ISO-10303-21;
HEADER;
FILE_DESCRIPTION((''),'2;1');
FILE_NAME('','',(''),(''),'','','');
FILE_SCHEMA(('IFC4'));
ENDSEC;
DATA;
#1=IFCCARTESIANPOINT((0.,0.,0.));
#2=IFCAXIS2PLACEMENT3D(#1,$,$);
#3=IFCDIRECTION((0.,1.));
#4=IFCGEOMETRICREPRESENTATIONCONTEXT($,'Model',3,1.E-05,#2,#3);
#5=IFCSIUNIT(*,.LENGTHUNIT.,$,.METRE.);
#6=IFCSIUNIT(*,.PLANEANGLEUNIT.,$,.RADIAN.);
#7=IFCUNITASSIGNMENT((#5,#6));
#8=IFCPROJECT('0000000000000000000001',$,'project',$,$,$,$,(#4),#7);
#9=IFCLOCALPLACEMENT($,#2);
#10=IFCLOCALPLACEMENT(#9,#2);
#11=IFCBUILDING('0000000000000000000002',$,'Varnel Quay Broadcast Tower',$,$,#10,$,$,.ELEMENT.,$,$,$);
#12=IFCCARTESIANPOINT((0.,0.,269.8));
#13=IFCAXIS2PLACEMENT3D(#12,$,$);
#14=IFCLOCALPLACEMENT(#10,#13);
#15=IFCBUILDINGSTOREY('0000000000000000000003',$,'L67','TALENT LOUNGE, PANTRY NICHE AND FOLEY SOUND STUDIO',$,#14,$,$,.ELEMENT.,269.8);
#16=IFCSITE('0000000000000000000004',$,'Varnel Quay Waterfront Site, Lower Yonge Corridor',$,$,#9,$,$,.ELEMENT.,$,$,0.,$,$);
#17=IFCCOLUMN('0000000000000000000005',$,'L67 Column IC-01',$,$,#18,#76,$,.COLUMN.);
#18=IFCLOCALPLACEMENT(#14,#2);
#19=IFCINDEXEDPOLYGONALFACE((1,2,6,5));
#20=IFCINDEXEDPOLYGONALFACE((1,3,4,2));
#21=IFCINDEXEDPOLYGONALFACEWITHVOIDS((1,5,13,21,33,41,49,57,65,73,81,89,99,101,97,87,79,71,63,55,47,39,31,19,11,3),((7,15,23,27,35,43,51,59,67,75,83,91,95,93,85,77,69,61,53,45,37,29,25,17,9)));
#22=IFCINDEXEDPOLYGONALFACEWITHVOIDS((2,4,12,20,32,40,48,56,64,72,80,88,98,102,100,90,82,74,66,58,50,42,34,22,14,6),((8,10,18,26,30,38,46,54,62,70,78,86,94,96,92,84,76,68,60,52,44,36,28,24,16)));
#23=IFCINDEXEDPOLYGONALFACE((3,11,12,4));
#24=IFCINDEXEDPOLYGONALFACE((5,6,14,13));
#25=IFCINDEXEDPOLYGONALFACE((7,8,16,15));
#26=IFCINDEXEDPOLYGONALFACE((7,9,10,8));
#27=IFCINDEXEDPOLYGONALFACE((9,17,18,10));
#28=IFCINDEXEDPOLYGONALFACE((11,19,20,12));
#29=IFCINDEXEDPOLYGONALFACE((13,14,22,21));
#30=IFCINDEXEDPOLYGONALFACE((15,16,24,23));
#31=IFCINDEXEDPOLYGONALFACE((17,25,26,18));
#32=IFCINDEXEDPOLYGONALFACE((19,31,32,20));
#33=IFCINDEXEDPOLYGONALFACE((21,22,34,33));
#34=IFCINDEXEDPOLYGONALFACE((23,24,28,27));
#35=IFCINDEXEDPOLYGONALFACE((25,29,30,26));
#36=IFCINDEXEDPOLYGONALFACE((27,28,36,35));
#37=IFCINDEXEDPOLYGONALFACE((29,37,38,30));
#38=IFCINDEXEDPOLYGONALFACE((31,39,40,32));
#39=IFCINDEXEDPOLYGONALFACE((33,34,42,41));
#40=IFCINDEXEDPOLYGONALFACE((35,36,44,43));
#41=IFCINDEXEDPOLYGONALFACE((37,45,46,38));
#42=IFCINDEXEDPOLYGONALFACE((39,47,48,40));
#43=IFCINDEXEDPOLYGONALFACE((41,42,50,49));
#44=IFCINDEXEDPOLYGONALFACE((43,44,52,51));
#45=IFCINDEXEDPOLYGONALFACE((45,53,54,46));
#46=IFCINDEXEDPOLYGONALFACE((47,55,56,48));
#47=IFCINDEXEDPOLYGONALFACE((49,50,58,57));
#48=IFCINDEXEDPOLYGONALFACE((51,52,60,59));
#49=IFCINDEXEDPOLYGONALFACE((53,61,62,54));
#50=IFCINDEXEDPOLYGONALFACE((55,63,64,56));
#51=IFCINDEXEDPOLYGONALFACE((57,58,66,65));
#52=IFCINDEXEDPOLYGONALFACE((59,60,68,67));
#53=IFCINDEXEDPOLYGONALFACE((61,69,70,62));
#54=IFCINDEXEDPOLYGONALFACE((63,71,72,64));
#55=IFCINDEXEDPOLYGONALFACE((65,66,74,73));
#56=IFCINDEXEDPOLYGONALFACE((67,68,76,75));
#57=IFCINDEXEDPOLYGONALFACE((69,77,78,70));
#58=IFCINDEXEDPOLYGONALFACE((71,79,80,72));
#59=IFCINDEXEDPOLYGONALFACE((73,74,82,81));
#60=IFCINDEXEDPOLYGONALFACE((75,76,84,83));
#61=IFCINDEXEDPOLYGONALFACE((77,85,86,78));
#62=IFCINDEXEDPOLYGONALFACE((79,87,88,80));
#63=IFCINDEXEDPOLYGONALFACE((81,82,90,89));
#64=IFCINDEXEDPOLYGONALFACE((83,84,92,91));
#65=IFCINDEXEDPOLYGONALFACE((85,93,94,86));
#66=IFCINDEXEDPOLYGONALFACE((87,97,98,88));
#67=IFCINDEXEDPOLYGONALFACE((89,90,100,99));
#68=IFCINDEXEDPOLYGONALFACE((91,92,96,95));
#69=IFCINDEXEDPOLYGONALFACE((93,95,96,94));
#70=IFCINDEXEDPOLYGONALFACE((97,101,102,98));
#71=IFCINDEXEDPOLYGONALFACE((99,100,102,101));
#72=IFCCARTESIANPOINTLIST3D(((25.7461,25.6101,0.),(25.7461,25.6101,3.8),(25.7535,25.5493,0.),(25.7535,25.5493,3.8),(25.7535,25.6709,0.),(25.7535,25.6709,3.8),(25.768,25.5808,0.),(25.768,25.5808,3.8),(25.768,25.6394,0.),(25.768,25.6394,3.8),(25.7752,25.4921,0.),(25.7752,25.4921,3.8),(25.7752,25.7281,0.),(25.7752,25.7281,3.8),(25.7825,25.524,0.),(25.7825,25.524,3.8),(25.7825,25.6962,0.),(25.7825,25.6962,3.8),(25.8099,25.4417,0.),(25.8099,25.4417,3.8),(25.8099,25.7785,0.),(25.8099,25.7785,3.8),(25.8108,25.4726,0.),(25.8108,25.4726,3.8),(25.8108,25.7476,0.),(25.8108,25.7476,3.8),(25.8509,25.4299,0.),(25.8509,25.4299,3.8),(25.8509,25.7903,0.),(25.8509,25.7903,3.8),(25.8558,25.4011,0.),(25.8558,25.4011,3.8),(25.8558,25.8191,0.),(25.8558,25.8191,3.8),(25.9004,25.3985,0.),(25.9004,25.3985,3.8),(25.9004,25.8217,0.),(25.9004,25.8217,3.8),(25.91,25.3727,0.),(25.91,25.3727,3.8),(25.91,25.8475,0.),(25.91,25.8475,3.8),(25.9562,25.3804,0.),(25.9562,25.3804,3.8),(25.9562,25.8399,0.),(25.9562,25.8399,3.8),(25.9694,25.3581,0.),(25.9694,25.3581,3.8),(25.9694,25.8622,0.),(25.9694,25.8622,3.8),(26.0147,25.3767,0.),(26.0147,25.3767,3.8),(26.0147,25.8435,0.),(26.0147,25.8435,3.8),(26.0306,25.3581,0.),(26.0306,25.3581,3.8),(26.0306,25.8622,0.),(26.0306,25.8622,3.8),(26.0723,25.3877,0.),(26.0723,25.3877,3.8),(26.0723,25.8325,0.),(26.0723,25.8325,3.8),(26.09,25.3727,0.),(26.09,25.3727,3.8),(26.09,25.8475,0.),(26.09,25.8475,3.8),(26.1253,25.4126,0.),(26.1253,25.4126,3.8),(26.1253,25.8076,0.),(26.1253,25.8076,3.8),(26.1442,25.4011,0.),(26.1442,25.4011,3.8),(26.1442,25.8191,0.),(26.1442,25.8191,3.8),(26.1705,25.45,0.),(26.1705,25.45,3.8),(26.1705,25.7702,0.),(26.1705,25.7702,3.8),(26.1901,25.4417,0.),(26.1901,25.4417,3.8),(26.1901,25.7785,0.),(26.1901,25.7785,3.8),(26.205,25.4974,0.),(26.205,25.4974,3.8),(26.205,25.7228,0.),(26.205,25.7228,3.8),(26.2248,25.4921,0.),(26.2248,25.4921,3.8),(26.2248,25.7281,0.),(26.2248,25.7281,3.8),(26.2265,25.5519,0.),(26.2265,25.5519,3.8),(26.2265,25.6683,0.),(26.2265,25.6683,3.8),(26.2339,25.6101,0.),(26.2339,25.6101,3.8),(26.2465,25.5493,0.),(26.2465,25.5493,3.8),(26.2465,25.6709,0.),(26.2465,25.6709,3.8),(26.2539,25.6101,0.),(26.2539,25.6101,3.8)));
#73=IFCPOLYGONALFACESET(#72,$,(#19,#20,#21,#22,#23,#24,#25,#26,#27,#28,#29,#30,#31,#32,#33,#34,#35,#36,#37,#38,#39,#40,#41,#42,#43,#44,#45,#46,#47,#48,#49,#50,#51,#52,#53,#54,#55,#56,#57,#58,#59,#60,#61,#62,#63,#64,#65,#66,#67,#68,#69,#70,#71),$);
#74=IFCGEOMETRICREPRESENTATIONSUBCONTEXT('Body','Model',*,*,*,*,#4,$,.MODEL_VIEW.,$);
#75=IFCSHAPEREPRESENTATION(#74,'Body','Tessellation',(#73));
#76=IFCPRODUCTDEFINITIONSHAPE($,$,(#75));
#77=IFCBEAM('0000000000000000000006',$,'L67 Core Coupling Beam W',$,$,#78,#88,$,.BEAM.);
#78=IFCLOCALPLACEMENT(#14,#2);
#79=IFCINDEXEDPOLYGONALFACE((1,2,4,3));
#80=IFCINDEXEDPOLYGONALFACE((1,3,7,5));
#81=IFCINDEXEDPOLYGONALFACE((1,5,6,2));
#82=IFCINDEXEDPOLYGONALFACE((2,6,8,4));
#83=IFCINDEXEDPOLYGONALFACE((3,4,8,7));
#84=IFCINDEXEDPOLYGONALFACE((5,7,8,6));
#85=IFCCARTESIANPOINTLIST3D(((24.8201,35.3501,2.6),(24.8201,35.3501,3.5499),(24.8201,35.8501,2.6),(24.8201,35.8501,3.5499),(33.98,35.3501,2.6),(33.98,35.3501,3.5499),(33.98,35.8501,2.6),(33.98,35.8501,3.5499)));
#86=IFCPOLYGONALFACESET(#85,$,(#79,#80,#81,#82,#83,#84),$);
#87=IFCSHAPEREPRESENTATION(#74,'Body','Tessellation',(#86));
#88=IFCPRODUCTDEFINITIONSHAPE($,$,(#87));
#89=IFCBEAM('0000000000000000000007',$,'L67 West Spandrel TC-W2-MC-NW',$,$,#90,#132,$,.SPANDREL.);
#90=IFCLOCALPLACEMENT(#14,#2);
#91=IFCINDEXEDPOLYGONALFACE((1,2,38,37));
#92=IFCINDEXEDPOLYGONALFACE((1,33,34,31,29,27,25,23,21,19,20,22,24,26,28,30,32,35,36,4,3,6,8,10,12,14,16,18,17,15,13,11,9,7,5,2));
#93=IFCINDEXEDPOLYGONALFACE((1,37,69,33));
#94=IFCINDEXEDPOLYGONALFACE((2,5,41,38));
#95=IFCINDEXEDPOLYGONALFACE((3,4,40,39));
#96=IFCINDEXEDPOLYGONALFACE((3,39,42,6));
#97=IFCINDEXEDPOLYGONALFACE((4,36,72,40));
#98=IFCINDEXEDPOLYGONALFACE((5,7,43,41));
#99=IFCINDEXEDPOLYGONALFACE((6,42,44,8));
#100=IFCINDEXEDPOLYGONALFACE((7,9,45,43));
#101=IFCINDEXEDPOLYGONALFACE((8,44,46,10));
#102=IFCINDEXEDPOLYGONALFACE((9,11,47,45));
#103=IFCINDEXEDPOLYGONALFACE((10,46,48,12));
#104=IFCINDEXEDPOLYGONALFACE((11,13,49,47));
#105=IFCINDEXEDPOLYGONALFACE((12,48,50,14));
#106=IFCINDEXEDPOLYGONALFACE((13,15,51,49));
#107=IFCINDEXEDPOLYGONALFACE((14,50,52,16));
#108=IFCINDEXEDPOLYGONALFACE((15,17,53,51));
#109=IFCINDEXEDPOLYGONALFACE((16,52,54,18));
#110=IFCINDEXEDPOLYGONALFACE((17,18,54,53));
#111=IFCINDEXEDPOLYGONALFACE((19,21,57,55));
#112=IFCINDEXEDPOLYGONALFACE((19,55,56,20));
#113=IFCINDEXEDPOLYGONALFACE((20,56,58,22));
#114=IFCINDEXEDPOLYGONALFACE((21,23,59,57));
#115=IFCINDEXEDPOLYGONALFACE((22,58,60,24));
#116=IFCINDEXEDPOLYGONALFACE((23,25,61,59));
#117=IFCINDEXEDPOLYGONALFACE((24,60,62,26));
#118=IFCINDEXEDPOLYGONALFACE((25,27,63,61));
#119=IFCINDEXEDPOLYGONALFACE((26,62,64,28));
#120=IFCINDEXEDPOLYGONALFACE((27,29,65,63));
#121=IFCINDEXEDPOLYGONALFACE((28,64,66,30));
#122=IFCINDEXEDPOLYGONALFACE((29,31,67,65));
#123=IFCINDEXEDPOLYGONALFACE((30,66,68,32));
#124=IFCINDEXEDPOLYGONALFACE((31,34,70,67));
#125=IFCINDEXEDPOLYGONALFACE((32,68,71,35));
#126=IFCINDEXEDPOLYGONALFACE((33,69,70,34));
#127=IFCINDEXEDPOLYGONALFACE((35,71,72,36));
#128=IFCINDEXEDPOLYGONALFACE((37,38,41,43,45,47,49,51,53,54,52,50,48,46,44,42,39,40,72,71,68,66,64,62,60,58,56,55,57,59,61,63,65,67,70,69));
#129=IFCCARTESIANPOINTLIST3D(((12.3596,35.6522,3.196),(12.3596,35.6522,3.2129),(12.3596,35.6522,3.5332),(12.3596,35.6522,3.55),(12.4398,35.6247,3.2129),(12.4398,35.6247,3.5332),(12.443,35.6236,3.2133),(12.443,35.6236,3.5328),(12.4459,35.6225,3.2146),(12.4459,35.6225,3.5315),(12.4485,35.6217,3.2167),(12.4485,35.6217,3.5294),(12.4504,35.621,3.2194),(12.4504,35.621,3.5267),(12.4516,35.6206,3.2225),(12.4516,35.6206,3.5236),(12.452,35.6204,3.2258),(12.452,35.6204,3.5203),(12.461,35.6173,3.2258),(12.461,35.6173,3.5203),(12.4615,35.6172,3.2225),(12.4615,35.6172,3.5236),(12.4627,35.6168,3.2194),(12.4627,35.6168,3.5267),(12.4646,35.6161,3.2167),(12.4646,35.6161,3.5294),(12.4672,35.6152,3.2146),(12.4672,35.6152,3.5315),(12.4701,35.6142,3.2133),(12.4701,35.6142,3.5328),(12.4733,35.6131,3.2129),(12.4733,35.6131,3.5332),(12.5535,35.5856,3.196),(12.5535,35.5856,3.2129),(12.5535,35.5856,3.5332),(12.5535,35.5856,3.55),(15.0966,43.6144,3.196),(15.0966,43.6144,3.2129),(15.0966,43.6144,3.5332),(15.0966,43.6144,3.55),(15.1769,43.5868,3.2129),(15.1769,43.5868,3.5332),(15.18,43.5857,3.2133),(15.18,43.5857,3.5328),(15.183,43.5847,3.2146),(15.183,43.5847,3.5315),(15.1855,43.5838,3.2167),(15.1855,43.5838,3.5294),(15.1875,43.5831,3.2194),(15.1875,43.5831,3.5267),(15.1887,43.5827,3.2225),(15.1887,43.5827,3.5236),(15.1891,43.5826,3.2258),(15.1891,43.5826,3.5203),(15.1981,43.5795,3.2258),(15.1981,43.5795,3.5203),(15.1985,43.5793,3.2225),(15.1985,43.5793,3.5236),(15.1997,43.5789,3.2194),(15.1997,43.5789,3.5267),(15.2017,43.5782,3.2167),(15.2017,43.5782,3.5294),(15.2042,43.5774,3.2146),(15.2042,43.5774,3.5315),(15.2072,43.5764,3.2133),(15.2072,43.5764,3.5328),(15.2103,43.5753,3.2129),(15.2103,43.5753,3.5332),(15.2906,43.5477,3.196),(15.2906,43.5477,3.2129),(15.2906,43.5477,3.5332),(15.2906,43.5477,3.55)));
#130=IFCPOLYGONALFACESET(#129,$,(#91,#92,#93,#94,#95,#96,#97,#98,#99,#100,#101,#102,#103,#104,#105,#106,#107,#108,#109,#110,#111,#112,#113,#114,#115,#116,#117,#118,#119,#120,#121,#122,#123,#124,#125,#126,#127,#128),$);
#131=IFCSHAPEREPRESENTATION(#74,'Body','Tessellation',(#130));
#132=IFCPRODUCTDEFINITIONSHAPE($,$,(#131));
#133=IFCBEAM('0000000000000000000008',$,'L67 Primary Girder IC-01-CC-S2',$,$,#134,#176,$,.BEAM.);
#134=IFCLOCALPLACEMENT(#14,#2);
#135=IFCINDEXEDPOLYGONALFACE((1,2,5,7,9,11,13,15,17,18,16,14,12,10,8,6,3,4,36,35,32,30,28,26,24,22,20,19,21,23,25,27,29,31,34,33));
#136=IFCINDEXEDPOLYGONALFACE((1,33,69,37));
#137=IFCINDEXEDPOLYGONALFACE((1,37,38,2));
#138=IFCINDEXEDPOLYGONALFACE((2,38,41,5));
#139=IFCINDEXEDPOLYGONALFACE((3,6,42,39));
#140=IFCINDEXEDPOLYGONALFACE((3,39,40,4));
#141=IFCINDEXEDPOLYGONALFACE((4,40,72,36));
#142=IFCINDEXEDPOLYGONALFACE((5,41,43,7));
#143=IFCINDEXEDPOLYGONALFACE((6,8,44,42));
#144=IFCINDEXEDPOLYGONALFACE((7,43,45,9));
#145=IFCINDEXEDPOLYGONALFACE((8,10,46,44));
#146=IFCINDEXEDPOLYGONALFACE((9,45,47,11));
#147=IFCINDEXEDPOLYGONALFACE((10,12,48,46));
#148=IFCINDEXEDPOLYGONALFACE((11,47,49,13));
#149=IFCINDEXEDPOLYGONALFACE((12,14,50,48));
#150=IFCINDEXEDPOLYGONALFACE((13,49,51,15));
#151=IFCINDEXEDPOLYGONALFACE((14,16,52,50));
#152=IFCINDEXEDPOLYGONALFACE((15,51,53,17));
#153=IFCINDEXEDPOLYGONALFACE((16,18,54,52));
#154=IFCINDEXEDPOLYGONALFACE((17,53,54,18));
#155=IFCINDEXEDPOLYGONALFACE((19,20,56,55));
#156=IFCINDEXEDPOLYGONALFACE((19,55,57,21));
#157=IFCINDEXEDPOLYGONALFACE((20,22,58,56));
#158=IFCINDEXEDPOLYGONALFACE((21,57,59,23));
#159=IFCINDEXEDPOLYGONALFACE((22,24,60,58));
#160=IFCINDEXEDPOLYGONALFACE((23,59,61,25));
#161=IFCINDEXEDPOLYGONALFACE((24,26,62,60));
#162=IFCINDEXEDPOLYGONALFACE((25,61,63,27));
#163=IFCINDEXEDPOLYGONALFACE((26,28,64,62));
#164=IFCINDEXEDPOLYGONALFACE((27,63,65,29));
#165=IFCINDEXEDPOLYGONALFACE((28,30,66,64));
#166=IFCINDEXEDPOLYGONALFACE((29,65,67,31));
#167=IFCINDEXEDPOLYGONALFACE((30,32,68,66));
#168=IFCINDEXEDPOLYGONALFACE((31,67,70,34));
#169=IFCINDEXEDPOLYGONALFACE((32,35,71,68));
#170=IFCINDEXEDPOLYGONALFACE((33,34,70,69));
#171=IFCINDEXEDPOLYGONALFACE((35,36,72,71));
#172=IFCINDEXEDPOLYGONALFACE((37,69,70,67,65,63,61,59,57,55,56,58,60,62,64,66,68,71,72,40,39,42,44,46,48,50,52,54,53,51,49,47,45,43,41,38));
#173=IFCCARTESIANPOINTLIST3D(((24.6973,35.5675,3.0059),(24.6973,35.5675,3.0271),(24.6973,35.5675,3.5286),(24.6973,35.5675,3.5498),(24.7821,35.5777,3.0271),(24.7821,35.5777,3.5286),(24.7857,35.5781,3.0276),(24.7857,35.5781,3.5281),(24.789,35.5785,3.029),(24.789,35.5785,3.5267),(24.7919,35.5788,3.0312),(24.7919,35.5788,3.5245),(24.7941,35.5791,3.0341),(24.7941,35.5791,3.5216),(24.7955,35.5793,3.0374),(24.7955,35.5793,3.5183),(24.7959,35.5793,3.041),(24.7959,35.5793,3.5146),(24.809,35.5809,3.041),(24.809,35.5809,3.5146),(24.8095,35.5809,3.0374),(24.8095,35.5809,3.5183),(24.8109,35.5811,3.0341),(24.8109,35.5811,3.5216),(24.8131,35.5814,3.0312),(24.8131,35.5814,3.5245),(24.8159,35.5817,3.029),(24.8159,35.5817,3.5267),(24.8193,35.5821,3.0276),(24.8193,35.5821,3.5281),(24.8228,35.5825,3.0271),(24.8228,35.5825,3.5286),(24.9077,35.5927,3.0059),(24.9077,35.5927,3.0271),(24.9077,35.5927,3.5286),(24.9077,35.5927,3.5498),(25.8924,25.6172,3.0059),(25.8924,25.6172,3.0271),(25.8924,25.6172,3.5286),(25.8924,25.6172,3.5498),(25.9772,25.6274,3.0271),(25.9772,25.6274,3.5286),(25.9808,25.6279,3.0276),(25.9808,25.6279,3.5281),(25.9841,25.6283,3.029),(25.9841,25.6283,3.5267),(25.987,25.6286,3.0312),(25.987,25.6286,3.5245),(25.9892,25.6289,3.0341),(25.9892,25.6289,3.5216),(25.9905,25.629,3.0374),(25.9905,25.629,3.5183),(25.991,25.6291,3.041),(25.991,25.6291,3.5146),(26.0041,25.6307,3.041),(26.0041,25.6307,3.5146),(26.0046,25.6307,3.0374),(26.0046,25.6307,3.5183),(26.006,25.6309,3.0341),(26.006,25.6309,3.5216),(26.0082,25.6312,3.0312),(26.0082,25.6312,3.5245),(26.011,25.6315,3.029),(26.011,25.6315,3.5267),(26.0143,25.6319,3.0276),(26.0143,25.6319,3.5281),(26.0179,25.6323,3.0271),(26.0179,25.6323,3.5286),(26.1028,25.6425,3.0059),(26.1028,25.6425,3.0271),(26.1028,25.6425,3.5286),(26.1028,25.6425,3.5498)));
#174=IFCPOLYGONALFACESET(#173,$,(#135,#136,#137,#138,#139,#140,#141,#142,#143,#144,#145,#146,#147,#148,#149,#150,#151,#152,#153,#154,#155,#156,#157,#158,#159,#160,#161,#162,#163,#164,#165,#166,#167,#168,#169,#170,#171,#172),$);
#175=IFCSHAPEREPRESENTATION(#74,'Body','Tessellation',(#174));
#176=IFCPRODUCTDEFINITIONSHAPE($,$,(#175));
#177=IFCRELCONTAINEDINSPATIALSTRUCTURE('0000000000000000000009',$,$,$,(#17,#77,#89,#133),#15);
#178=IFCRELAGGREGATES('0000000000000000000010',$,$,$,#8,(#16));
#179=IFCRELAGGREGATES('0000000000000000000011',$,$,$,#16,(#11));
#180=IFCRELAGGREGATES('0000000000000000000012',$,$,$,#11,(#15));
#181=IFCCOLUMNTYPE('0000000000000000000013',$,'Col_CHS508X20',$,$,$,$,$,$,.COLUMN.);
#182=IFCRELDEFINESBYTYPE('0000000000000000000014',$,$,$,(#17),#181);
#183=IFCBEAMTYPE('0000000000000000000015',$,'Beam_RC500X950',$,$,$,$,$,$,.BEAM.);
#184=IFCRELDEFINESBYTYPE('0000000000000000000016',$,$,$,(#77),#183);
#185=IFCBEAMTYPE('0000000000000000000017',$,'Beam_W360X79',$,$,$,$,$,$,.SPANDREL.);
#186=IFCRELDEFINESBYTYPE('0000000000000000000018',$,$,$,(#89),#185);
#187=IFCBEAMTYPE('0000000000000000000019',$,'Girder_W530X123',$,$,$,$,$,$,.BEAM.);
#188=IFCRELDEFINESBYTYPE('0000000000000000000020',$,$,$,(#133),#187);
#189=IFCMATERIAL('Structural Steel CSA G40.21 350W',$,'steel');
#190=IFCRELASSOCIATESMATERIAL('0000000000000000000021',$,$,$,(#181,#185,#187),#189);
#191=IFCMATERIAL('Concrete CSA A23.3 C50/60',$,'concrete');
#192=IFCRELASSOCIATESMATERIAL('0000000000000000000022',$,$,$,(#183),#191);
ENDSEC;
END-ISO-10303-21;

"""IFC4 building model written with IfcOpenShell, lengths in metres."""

from ifc_helpers import new_model, si_unit, direction, frame, origin, origin_2d, place, context, subcontext, project, spatial, rectangle, hollow_circle, i_section, extrude, source, transform, mapped, material, material_profile, profile_set, type_object, type_shapes, element, save


model = new_model("IFC4")

# Units and contexts
model_context = context("Model", 3, precision=1e-05, world=origin(), true_north=direction((0.0, 1.0)))
body_context = subcontext(model_context, "Body", "Model", "MODEL_VIEW")
ifc_project = project(units=[si_unit("LENGTHUNIT", "METRE"), si_unit("PLANEANGLEUNIT", "RADIAN")], contexts=[model_context])

# Site, building, storey
site_placement = place(None, origin())
site = spatial("IfcSite", under=ifc_project, at=site_placement, Name="Varnel Quay Waterfront Site, Lower Yonge Corridor", CompositionType="ELEMENT", RefElevation=0.0)
building_placement = place(site_placement, origin())
building = spatial("IfcBuilding", under=site, at=building_placement, Name="Varnel Quay Broadcast Tower", CompositionType="ELEMENT")
storey_placement = place(building_placement, frame((0.0, 0.0, 269.8)))
storey = spatial("IfcBuildingStorey", under=building, at=storey_placement, Name="L67", Description="TALENT LOUNGE, PANTRY NICHE AND FOLEY SOUND STUDIO", CompositionType="ELEMENT", Elevation=269.8)

# Column
ifc_material_1 = material(Name="Structural Steel CSA G40.21 350W", Category="steel")
ifc_material_profile_1 = material_profile(ifc_material_1, hollow_circle(Radius=0.2539, WallThickness=0.02, at=origin_2d()), Name="CHS508X20")
ifc_profile_set_1 = profile_set([ifc_material_profile_1], Name="Structural Steel CSA G40.21 350W")
column_type_1 = type_object("IfcColumnType", Name="Col_CHS508X20", PredefinedType="COLUMN", material=ifc_profile_set_1)
shared_shape_1 = source(origin(), body_context, "Body", "SweptSolid", [
    extrude(hollow_circle(Radius=0.2539, WallThickness=0.02, at=origin_2d()), origin(), (0.0, 0.0, 1.0), 3.8),
])
type_shapes(column_type_1, [shared_shape_1])
column_1_placement = place(storey_placement, frame((26.0, 25.6101, 0.0), z_axis=(0.0, 0.0, 1.0), x_axis=(1.0, 0.0, 0.0)))
element("IfcColumn", 1, at=column_1_placement, inside=storey, type_object=column_type_1, Name="L67 Column IC-01", PredefinedType="COLUMN", context=body_context, shape_type="MappedRepresentation", body=[
    mapped(shared_shape_1, transform((0.0, 0.0, 0.0), x_axis=(1.0, 0.0, 0.0), y_axis=(0.0, 1.0, 0.0), z_axis=(0.0, 0.0, 1.0), scale=1.0)),
])

# Beams
ifc_material_2 = material(Name="Concrete CSA A23.3 C50/60", Category="concrete")
ifc_material_profile_2 = material_profile(ifc_material_2, rectangle(XDim=0.5, YDim=0.95, at=origin_2d()), Name="RC500X950")
ifc_profile_set_2 = profile_set([ifc_material_profile_2], Name="Concrete CSA A23.3 C50/60")
beam_type_1 = type_object("IfcBeamType", Name="Beam_RC500X950", PredefinedType="BEAM", material=ifc_profile_set_2)
shared_shape_2 = source(origin(), body_context, "Body", "SweptSolid", [
    extrude(rectangle(XDim=0.5, YDim=0.95, at=origin_2d()), origin(), (0.0, 0.0, 1.0), 9.1599),
])
type_shapes(beam_type_1, [shared_shape_2])
beam_1_placement = place(storey_placement, frame((24.8201, 35.6001, 3.075), z_axis=(1.0, 0.0, 0.0), x_axis=(0.0, 1.0, 0.0)))
element("IfcBeam", 2, at=beam_1_placement, inside=storey, type_object=beam_type_1, Name="L67 Core Coupling Beam W", PredefinedType="BEAM", context=body_context, shape_type="MappedRepresentation", body=[
    mapped(shared_shape_2, transform((0.0, 0.0, 0.0), x_axis=(1.0, 0.0, 0.0), y_axis=(0.0, 1.0, 0.0), z_axis=(0.0, 0.0, 1.0), scale=1.0)),
])
ifc_material_profile_3 = material_profile(ifc_material_1, i_section(OverallWidth=0.2051, OverallDepth=0.354, WebThickness=0.0095, FlangeThickness=0.0168, FilletRadius=0.0129, at=origin_2d()), Name="W360X79")
ifc_profile_set_3 = profile_set([ifc_material_profile_3], Name="Structural Steel CSA G40.21 350W")
beam_type_2 = type_object("IfcBeamType", Name="Beam_W360X79", PredefinedType="SPANDREL", material=ifc_profile_set_3)
shared_shape_3 = source(origin(), body_context, "Body", "SweptSolid", [
    extrude(i_section(OverallWidth=0.2051, OverallDepth=0.354, WebThickness=0.0095, FlangeThickness=0.0168, FilletRadius=0.0129, at=origin_2d()), origin(), (0.0, 0.0, 1.0), 8.4194),
])
type_shapes(beam_type_2, [shared_shape_3])
beam_2_placement = place(storey_placement, frame((12.4565, 35.6189, 3.373), z_axis=(0.325087, 0.945684, 0.0), x_axis=(-0.945684, 0.325087, 0.0)))
element("IfcBeam", 3, at=beam_2_placement, inside=storey, type_object=beam_type_2, Name="L67 West Spandrel TC-W2-MC-NW", PredefinedType="SPANDREL", context=body_context, shape_type="MappedRepresentation", body=[
    mapped(shared_shape_3, transform((0.0, 0.0, 0.0), x_axis=(1.0, 0.0, 0.0), y_axis=(0.0, 1.0, 0.0), z_axis=(0.0, 0.0, 1.0), scale=1.0)),
])
ifc_material_profile_4 = material_profile(ifc_material_1, i_section(OverallWidth=0.2119, OverallDepth=0.5439, WebThickness=0.0132, FlangeThickness=0.0212, FilletRadius=0.0139, at=origin_2d()), Name="W530X123")
ifc_profile_set_4 = profile_set([ifc_material_profile_4], Name="Structural Steel CSA G40.21 350W")
beam_type_3 = type_object("IfcBeamType", Name="Girder_W530X123", PredefinedType="BEAM", material=ifc_profile_set_4)
shared_shape_4 = source(origin(), body_context, "Body", "SweptSolid", [
    extrude(i_section(OverallWidth=0.2119, OverallDepth=0.5439, WebThickness=0.0132, FlangeThickness=0.0212, FilletRadius=0.0139, at=origin_2d()), origin(), (0.0, 0.0, 1.0), 10.0217),
])
beam_3_placement = place(storey_placement, frame((25.9976, 25.6299, 3.2778), z_axis=(-0.119248, 0.992864, 0.0), x_axis=(-0.992864, -0.119248, 0.0)))
element("IfcBeam", 4, at=beam_3_placement, inside=storey, type_object=beam_type_3, Name="L67 Primary Girder IC-01-CC-S2", PredefinedType="BEAM", context=body_context, shape_type="MappedRepresentation", body=[
    mapped(shared_shape_4, transform((0.0, 0.0, 0.0), x_axis=(1.0, 0.0, 0.0), y_axis=(0.0, 1.0, 0.0), z_axis=(0.0, 0.0, 1.0), scale=1.0)),
])

save(model, "model.ifc")
